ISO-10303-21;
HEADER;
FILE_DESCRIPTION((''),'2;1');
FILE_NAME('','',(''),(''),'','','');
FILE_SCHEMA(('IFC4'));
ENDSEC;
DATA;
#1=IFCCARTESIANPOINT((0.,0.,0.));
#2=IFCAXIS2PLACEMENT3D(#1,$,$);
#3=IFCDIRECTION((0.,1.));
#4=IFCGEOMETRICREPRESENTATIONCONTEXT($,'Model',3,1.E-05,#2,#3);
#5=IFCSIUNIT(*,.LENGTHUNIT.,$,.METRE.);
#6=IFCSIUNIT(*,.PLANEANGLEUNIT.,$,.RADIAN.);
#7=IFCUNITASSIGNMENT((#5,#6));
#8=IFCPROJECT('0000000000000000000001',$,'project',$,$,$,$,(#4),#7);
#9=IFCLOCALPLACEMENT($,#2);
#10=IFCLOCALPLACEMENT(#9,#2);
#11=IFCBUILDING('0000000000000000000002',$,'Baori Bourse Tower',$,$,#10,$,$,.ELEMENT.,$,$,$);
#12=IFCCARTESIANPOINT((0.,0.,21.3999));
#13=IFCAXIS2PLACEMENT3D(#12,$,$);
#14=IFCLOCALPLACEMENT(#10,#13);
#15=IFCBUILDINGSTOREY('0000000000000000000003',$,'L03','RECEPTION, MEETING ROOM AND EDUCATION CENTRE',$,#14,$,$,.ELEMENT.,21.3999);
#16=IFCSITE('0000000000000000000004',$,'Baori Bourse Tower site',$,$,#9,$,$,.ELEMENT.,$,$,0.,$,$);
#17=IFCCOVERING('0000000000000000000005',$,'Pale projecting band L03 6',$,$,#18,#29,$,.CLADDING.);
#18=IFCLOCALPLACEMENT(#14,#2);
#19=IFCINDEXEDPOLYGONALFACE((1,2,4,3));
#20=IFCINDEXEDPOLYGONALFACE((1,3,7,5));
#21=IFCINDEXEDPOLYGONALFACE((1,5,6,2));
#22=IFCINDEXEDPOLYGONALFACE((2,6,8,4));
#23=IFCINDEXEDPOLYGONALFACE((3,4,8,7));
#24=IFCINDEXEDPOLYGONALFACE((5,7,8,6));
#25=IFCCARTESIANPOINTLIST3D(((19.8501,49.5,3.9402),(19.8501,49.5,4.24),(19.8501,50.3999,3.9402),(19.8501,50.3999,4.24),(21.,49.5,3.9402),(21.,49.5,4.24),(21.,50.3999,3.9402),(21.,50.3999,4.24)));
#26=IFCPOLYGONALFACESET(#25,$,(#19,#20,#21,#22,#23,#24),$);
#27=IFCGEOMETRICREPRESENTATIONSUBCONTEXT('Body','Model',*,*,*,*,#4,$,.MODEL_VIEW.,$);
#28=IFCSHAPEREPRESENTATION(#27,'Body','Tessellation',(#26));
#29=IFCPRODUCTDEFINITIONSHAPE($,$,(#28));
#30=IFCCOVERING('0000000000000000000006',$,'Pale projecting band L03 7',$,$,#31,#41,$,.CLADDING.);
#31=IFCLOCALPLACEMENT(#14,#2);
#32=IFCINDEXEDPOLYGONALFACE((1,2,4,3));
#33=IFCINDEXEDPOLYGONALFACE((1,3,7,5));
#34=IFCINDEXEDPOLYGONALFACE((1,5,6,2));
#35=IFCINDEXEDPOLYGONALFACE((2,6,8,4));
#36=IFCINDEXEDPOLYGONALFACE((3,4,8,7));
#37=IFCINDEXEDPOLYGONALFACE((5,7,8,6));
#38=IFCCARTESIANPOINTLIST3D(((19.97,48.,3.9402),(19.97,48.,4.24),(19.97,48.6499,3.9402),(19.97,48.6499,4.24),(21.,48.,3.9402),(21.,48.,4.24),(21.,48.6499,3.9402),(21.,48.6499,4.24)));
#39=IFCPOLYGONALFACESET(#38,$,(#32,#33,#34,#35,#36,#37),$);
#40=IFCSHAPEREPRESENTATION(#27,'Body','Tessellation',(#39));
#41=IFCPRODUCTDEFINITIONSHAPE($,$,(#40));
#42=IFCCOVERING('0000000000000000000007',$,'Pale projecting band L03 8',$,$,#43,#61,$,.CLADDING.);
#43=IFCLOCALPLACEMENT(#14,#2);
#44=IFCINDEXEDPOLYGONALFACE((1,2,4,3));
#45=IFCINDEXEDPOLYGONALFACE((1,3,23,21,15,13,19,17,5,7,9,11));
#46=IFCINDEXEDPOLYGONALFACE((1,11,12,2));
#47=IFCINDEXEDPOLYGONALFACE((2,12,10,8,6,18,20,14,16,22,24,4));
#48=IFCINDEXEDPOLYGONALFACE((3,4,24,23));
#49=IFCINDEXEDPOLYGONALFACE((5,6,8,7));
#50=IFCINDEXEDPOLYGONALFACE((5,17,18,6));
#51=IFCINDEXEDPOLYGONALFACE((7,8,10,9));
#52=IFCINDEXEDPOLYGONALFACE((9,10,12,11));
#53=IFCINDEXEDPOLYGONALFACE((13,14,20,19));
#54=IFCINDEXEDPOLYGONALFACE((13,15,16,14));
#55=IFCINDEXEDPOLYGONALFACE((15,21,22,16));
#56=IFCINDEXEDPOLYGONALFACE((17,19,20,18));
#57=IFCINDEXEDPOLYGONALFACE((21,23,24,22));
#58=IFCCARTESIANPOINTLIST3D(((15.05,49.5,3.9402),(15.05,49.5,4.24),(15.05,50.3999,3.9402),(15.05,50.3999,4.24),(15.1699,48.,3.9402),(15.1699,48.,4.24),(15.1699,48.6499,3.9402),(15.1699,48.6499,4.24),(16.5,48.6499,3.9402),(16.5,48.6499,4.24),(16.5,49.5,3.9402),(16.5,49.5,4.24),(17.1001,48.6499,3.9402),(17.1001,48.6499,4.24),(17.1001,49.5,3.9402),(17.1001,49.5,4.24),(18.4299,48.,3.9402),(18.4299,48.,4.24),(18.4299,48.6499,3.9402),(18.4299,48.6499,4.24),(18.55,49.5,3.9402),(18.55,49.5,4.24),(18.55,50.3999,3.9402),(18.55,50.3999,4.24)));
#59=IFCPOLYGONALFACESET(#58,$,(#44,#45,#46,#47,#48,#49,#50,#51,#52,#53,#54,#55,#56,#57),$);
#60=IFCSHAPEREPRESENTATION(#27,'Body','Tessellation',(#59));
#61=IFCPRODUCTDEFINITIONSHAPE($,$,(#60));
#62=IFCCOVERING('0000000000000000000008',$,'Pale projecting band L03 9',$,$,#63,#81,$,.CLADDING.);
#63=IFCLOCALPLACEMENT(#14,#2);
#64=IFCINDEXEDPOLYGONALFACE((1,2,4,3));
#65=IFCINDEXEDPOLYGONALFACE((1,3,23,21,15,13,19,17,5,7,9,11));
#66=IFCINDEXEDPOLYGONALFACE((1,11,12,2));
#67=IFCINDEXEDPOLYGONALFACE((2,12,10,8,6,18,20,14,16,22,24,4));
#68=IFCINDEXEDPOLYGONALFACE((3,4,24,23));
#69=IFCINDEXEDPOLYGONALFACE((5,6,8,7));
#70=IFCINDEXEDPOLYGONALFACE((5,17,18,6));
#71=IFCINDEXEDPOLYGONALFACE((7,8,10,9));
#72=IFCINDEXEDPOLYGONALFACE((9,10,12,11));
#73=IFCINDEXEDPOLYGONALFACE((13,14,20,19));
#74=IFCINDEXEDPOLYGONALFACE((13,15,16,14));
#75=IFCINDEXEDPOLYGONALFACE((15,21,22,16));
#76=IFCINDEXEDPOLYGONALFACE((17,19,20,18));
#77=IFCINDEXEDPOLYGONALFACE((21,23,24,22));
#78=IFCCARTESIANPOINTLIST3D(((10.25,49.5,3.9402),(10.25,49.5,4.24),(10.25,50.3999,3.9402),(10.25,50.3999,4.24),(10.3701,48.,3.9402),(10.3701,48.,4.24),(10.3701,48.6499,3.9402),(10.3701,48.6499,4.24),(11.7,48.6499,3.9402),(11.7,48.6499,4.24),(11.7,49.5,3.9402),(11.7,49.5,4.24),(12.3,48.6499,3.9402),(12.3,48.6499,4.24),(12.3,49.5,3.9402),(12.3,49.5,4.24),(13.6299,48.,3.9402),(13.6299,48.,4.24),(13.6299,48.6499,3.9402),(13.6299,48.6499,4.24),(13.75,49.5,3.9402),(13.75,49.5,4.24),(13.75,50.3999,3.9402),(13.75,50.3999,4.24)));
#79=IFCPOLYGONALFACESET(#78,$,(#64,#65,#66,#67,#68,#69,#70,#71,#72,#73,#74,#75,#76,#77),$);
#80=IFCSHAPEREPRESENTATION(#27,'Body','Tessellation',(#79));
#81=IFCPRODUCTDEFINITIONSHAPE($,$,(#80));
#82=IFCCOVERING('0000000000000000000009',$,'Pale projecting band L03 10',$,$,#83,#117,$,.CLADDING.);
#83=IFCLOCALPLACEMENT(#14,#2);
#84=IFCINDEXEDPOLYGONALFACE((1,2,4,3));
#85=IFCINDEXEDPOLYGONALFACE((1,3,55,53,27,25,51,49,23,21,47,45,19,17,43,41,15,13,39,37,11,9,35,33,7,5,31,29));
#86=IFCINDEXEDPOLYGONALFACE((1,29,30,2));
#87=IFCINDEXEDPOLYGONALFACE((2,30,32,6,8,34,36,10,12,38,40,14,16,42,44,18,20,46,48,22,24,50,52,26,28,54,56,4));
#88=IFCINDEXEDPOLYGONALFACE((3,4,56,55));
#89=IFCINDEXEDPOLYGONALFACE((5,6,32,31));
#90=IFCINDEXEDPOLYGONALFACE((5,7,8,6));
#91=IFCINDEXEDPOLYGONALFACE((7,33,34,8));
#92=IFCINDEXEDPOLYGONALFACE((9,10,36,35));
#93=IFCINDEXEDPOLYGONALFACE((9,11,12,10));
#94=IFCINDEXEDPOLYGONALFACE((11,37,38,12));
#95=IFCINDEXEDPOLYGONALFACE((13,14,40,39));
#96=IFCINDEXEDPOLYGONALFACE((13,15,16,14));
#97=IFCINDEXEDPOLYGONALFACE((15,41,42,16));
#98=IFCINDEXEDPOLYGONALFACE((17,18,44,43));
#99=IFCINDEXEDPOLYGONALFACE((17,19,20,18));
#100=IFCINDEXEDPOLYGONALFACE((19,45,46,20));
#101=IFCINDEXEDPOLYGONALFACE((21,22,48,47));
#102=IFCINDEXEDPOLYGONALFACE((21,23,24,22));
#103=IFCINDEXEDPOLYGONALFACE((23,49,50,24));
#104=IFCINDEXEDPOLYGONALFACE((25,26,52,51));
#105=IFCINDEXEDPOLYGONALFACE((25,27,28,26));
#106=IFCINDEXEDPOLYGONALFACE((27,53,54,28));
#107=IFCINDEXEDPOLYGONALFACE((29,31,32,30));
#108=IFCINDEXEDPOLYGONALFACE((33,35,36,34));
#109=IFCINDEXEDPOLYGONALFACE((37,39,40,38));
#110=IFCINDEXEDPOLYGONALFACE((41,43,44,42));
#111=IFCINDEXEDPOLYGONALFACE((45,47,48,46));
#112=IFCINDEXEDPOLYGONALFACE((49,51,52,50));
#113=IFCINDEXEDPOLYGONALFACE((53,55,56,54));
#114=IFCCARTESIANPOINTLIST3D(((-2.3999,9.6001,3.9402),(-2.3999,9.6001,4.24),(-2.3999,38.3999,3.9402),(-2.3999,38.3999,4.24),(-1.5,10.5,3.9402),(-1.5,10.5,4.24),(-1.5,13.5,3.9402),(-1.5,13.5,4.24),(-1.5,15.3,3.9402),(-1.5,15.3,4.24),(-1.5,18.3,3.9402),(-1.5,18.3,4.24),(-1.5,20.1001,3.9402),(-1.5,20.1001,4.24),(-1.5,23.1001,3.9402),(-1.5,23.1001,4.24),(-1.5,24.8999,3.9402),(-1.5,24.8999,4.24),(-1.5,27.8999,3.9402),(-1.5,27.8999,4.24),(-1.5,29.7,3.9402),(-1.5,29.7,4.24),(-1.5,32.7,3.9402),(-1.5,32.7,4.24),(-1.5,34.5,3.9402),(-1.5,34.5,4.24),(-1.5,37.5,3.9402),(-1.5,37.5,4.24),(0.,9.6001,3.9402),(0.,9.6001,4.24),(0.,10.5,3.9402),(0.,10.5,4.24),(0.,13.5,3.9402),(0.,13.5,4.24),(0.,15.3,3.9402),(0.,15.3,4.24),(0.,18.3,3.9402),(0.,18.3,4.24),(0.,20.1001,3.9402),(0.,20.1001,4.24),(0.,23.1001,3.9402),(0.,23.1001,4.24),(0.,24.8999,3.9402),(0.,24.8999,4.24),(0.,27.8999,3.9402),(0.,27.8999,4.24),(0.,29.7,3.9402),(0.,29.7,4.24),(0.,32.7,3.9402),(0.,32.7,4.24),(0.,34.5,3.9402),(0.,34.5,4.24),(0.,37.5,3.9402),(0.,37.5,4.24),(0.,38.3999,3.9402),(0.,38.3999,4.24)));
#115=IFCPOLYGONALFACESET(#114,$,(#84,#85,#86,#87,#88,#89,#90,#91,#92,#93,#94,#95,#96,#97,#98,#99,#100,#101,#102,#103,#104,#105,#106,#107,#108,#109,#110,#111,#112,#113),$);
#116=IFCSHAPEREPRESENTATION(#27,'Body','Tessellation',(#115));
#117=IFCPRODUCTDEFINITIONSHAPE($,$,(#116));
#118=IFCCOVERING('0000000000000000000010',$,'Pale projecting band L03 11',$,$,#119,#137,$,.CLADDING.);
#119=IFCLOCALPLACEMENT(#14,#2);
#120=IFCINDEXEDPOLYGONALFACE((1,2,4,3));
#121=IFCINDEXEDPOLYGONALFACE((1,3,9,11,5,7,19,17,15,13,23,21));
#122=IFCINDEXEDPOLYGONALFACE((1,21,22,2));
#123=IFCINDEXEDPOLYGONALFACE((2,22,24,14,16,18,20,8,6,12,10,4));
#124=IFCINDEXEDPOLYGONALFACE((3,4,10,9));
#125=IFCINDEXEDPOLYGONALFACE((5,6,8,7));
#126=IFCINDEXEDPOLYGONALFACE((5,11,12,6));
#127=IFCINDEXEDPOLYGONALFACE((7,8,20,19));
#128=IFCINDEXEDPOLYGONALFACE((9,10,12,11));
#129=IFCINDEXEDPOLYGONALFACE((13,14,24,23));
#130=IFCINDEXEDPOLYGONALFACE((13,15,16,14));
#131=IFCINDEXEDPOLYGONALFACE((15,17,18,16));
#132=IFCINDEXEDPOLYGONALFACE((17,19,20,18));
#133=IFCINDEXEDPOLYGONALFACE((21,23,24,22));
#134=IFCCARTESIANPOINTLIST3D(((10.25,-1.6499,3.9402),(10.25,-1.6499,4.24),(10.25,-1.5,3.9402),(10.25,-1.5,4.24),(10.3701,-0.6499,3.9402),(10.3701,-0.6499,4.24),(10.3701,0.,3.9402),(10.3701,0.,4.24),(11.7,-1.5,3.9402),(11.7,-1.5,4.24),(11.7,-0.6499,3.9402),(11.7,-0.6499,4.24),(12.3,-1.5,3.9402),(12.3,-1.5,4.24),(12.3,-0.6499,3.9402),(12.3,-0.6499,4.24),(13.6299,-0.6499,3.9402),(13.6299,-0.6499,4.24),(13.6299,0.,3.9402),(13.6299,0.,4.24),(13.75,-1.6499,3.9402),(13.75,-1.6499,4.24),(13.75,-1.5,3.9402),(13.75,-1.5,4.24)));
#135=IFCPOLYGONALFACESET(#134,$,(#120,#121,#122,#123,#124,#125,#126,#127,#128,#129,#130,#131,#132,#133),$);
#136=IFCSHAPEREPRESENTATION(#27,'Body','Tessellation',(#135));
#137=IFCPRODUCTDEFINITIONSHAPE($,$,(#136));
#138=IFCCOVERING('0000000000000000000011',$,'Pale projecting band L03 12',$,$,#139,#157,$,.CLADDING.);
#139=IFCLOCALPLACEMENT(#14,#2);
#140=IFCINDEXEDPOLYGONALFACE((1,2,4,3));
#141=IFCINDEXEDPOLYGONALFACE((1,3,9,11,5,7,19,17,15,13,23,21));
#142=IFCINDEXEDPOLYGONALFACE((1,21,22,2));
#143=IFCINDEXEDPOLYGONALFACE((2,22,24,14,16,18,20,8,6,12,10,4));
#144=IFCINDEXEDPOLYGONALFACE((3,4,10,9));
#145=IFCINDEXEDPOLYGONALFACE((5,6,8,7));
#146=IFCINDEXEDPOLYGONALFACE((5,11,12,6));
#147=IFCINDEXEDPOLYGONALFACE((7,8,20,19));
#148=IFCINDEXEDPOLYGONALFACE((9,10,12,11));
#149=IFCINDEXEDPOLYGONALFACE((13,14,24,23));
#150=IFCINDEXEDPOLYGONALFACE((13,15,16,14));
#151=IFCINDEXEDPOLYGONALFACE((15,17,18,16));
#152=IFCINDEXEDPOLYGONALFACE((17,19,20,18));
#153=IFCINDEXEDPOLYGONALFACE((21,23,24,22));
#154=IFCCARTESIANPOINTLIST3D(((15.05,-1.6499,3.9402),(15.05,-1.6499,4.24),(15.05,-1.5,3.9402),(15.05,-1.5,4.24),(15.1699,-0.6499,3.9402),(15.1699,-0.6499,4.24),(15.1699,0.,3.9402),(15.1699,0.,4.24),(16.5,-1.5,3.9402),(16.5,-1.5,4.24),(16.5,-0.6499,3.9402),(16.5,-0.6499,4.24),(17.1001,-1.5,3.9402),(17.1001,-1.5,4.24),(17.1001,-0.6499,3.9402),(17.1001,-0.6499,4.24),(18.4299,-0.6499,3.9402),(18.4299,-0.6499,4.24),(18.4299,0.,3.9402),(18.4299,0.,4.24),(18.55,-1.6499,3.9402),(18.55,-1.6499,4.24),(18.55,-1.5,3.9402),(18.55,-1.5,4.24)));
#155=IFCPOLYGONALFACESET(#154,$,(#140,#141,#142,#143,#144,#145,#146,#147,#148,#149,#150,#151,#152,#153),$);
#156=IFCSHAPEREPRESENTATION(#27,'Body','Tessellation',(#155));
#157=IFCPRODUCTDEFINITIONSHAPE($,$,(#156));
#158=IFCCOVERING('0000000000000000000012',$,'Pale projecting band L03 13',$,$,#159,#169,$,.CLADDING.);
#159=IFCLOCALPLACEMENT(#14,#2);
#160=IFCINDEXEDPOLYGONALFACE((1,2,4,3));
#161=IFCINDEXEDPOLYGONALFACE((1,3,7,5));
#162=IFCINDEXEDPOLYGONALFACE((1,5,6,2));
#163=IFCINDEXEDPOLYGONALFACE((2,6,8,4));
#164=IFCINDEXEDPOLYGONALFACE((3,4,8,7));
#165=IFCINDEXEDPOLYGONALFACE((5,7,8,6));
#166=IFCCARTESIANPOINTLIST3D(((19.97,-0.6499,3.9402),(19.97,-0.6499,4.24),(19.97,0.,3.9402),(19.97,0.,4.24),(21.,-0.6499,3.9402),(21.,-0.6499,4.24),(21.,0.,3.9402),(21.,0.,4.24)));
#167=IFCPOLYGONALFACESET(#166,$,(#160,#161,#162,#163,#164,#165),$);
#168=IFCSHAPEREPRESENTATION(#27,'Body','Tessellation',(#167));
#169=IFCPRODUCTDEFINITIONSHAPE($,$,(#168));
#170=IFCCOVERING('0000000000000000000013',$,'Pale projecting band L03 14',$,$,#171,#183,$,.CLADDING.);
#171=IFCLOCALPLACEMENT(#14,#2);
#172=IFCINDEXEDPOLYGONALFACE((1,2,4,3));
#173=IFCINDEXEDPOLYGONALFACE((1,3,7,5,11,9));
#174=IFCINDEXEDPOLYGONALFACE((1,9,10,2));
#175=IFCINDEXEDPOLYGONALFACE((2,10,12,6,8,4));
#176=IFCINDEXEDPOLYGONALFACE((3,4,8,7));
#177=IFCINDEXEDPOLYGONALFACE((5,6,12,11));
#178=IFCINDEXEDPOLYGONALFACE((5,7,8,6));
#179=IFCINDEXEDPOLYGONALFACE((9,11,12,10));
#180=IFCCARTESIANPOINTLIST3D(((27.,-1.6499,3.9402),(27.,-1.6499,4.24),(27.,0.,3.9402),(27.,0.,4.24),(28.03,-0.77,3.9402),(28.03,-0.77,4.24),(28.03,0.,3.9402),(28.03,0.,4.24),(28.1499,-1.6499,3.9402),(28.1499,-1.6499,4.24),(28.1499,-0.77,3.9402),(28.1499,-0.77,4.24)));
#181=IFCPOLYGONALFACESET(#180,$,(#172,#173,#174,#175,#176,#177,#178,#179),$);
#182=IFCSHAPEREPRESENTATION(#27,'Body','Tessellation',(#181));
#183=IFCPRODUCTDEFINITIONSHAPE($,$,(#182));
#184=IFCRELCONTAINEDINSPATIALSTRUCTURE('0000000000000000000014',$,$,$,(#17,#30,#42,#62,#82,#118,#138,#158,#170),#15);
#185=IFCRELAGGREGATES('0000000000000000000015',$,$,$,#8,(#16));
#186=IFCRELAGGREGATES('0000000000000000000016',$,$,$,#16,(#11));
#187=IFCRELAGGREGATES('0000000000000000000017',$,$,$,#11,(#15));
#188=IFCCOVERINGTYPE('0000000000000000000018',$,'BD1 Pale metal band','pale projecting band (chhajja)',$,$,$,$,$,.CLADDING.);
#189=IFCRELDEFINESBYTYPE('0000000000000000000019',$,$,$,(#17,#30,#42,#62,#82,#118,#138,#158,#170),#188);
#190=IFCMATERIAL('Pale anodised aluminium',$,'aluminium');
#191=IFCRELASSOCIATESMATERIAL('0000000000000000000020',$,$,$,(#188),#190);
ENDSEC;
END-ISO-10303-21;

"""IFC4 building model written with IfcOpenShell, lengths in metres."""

from ifc_helpers import new_model, si_unit, direction, frame, origin, place, context, subcontext, project, spatial, polyline, outline, extrude, material, type_object, element, save


model = new_model("IFC4")

# Units and contexts
model_context = context("Model", 3, precision=1e-05, world=origin(), true_north=direction((0.0, 1.0)))
body_context = subcontext(model_context, "Body", "Model", "MODEL_VIEW")
ifc_project = project(units=[si_unit("LENGTHUNIT", "METRE"), si_unit("PLANEANGLEUNIT", "RADIAN")], contexts=[model_context])

# Site, building, storey
site_placement = place(None, origin())
site = spatial("IfcSite", under=ifc_project, at=site_placement, Name="Baori Bourse Tower site", CompositionType="ELEMENT", RefElevation=0.0)
building_placement = place(site_placement, origin())
building = spatial("IfcBuilding", under=site, at=building_placement, Name="Baori Bourse Tower", CompositionType="ELEMENT")
storey_placement = place(building_placement, frame((0.0, 0.0, 21.3999)))
storey = spatial("IfcBuildingStorey", under=building, at=storey_placement, Name="L03", Description="RECEPTION, MEETING ROOM AND EDUCATION CENTRE", CompositionType="ELEMENT", Elevation=21.3999)

# Coverings
ifc_material_1 = material(Name="Pale anodised aluminium", Category="aluminium")
covering_type = type_object("IfcCoveringType", Name="BD1 Pale metal band", Description="pale projecting band (chhajja)", PredefinedType="CLADDING", material=ifc_material_1)
covering_1_placement = place(storey_placement, frame((0.0, 0.0, 3.9402)))
element("IfcCovering", 1, at=covering_1_placement, inside=storey, type_object=covering_type, Name="Pale projecting band L03 6", PredefinedType="CLADDING", context=body_context, shape_type="SweptSolid", body=[
    extrude(outline(polyline([(19.8501, 50.3999), (19.8501, 49.5), (21.0, 49.5), (21.0, 50.3999), (19.8501, 50.3999)])), origin(), (0.0, 0.0, 1.0), 0.2998),
])
covering_2_placement = place(storey_placement, frame((0.0, 0.0, 3.9402)))
element("IfcCovering", 2, at=covering_2_placement, inside=storey, type_object=covering_type, Name="Pale projecting band L03 7", PredefinedType="CLADDING", context=body_context, shape_type="SweptSolid", body=[
    extrude(outline(polyline([(19.97, 48.0), (21.0, 48.0), (21.0, 48.6499), (19.97, 48.6499), (19.97, 48.0)])), origin(), (0.0, 0.0, 1.0), 0.2998),
])
covering_3_placement = place(storey_placement, frame((0.0, 0.0, 3.9402)))
element("IfcCovering", 3, at=covering_3_placement, inside=storey, type_object=covering_type, Name="Pale projecting band L03 8", PredefinedType="CLADDING", context=body_context, shape_type="SweptSolid", body=[
    extrude(outline(polyline([(15.1699, 48.0), (18.4299, 48.0), (18.4299, 48.6499), (17.1001, 48.6499), (17.1001, 49.5), (18.55, 49.5), (18.55, 50.3999), (15.05, 50.3999), (15.05, 49.5), (16.5, 49.5), (16.5, 48.6499), (15.1699, 48.6499), (15.1699, 48.0)])), origin(), (0.0, 0.0, 1.0), 0.2998),
])
covering_4_placement = place(storey_placement, frame((0.0, 0.0, 3.9402)))
element("IfcCovering", 4, at=covering_4_placement, inside=storey, type_object=covering_type, Name="Pale projecting band L03 9", PredefinedType="CLADDING", context=body_context, shape_type="SweptSolid", body=[
    extrude(outline(polyline([(10.3701, 48.0), (13.6299, 48.0), (13.6299, 48.6499), (12.3, 48.6499), (12.3, 49.5), (13.75, 49.5), (13.75, 50.3999), (10.25, 50.3999), (10.25, 49.5), (11.7, 49.5), (11.7, 48.6499), (10.3701, 48.6499), (10.3701, 48.0)])), origin(), (0.0, 0.0, 1.0), 0.2998),
])
covering_5_placement = place(storey_placement, frame((0.0, 0.0, 3.9402)))
element("IfcCovering", 5, at=covering_5_placement, inside=storey, type_object=covering_type, Name="Pale projecting band L03 10", PredefinedType="CLADDING", context=body_context, shape_type="SweptSolid", body=[
    extrude(outline(polyline([(0.0, 37.5), (0.0, 38.3999), (-2.3999, 38.3999), (-2.3999, 9.6001), (0.0, 9.6001), (0.0, 10.5), (-1.5, 10.5), (-1.5, 13.5), (0.0, 13.5), (0.0, 15.3), (-1.5, 15.3), (-1.5, 18.3), (0.0, 18.3), (0.0, 20.1001), (-1.5, 20.1001), (-1.5, 23.1001), (0.0, 23.1001), (0.0, 24.8999), (-1.5, 24.8999), (-1.5, 27.8999), (0.0, 27.8999), (0.0, 29.7), (-1.5, 29.7), (-1.5, 32.7), (0.0, 32.7), (0.0, 34.5), (-1.5, 34.5), (-1.5, 37.5), (0.0, 37.5)])), origin(), (0.0, 0.0, 1.0), 0.2998),
])
covering_6_placement = place(storey_placement, frame((0.0, 0.0, 3.9402)))
element("IfcCovering", 6, at=covering_6_placement, inside=storey, type_object=covering_type, Name="Pale projecting band L03 11", PredefinedType="CLADDING", context=body_context, shape_type="SweptSolid", body=[
    extrude(outline(polyline([(13.6299, 0.0), (10.3701, 0.0), (10.3701, -0.6499), (11.7, -0.6499), (11.7, -1.5), (10.25, -1.5), (10.25, -1.6499), (13.75, -1.6499), (13.75, -1.5), (12.3, -1.5), (12.3, -0.6499), (13.6299, -0.6499), (13.6299, 0.0)])), origin(), (0.0, 0.0, 1.0), 0.2998),
])
covering_7_placement = place(storey_placement, frame((0.0, 0.0, 3.9402)))
element("IfcCovering", 7, at=covering_7_placement, inside=storey, type_object=covering_type, Name="Pale projecting band L03 12", PredefinedType="CLADDING", context=body_context, shape_type="SweptSolid", body=[
    extrude(outline(polyline([(18.4299, 0.0), (15.1699, 0.0), (15.1699, -0.6499), (16.5, -0.6499), (16.5, -1.5), (15.05, -1.5), (15.05, -1.6499), (18.55, -1.6499), (18.55, -1.5), (17.1001, -1.5), (17.1001, -0.6499), (18.4299, -0.6499), (18.4299, 0.0)])), origin(), (0.0, 0.0, 1.0), 0.2998),
])
covering_8_placement = place(storey_placement, frame((0.0, 0.0, 3.9402)))
element("IfcCovering", 8, at=covering_8_placement, inside=storey, type_object=covering_type, Name="Pale projecting band L03 13", PredefinedType="CLADDING", context=body_context, shape_type="SweptSolid", body=[
    extrude(outline(polyline([(21.0, 0.0), (19.97, 0.0), (19.97, -0.6499), (21.0, -0.6499), (21.0, 0.0)])), origin(), (0.0, 0.0, 1.0), 0.2998),
])
covering_9_placement = place(storey_placement, frame((0.0, 0.0, 3.9402)))
element("IfcCovering", 9, at=covering_9_placement, inside=storey, type_object=covering_type, Name="Pale projecting band L03 14", PredefinedType="CLADDING", context=body_context, shape_type="SweptSolid", body=[
    extrude(outline(polyline([(28.03, 0.0), (27.0, 0.0), (27.0, -1.6499), (28.1499, -1.6499), (28.1499, -0.77), (28.03, -0.77), (28.03, 0.0)])), origin(), (0.0, 0.0, 1.0), 0.2998),
])

save(model, "model.ifc")
